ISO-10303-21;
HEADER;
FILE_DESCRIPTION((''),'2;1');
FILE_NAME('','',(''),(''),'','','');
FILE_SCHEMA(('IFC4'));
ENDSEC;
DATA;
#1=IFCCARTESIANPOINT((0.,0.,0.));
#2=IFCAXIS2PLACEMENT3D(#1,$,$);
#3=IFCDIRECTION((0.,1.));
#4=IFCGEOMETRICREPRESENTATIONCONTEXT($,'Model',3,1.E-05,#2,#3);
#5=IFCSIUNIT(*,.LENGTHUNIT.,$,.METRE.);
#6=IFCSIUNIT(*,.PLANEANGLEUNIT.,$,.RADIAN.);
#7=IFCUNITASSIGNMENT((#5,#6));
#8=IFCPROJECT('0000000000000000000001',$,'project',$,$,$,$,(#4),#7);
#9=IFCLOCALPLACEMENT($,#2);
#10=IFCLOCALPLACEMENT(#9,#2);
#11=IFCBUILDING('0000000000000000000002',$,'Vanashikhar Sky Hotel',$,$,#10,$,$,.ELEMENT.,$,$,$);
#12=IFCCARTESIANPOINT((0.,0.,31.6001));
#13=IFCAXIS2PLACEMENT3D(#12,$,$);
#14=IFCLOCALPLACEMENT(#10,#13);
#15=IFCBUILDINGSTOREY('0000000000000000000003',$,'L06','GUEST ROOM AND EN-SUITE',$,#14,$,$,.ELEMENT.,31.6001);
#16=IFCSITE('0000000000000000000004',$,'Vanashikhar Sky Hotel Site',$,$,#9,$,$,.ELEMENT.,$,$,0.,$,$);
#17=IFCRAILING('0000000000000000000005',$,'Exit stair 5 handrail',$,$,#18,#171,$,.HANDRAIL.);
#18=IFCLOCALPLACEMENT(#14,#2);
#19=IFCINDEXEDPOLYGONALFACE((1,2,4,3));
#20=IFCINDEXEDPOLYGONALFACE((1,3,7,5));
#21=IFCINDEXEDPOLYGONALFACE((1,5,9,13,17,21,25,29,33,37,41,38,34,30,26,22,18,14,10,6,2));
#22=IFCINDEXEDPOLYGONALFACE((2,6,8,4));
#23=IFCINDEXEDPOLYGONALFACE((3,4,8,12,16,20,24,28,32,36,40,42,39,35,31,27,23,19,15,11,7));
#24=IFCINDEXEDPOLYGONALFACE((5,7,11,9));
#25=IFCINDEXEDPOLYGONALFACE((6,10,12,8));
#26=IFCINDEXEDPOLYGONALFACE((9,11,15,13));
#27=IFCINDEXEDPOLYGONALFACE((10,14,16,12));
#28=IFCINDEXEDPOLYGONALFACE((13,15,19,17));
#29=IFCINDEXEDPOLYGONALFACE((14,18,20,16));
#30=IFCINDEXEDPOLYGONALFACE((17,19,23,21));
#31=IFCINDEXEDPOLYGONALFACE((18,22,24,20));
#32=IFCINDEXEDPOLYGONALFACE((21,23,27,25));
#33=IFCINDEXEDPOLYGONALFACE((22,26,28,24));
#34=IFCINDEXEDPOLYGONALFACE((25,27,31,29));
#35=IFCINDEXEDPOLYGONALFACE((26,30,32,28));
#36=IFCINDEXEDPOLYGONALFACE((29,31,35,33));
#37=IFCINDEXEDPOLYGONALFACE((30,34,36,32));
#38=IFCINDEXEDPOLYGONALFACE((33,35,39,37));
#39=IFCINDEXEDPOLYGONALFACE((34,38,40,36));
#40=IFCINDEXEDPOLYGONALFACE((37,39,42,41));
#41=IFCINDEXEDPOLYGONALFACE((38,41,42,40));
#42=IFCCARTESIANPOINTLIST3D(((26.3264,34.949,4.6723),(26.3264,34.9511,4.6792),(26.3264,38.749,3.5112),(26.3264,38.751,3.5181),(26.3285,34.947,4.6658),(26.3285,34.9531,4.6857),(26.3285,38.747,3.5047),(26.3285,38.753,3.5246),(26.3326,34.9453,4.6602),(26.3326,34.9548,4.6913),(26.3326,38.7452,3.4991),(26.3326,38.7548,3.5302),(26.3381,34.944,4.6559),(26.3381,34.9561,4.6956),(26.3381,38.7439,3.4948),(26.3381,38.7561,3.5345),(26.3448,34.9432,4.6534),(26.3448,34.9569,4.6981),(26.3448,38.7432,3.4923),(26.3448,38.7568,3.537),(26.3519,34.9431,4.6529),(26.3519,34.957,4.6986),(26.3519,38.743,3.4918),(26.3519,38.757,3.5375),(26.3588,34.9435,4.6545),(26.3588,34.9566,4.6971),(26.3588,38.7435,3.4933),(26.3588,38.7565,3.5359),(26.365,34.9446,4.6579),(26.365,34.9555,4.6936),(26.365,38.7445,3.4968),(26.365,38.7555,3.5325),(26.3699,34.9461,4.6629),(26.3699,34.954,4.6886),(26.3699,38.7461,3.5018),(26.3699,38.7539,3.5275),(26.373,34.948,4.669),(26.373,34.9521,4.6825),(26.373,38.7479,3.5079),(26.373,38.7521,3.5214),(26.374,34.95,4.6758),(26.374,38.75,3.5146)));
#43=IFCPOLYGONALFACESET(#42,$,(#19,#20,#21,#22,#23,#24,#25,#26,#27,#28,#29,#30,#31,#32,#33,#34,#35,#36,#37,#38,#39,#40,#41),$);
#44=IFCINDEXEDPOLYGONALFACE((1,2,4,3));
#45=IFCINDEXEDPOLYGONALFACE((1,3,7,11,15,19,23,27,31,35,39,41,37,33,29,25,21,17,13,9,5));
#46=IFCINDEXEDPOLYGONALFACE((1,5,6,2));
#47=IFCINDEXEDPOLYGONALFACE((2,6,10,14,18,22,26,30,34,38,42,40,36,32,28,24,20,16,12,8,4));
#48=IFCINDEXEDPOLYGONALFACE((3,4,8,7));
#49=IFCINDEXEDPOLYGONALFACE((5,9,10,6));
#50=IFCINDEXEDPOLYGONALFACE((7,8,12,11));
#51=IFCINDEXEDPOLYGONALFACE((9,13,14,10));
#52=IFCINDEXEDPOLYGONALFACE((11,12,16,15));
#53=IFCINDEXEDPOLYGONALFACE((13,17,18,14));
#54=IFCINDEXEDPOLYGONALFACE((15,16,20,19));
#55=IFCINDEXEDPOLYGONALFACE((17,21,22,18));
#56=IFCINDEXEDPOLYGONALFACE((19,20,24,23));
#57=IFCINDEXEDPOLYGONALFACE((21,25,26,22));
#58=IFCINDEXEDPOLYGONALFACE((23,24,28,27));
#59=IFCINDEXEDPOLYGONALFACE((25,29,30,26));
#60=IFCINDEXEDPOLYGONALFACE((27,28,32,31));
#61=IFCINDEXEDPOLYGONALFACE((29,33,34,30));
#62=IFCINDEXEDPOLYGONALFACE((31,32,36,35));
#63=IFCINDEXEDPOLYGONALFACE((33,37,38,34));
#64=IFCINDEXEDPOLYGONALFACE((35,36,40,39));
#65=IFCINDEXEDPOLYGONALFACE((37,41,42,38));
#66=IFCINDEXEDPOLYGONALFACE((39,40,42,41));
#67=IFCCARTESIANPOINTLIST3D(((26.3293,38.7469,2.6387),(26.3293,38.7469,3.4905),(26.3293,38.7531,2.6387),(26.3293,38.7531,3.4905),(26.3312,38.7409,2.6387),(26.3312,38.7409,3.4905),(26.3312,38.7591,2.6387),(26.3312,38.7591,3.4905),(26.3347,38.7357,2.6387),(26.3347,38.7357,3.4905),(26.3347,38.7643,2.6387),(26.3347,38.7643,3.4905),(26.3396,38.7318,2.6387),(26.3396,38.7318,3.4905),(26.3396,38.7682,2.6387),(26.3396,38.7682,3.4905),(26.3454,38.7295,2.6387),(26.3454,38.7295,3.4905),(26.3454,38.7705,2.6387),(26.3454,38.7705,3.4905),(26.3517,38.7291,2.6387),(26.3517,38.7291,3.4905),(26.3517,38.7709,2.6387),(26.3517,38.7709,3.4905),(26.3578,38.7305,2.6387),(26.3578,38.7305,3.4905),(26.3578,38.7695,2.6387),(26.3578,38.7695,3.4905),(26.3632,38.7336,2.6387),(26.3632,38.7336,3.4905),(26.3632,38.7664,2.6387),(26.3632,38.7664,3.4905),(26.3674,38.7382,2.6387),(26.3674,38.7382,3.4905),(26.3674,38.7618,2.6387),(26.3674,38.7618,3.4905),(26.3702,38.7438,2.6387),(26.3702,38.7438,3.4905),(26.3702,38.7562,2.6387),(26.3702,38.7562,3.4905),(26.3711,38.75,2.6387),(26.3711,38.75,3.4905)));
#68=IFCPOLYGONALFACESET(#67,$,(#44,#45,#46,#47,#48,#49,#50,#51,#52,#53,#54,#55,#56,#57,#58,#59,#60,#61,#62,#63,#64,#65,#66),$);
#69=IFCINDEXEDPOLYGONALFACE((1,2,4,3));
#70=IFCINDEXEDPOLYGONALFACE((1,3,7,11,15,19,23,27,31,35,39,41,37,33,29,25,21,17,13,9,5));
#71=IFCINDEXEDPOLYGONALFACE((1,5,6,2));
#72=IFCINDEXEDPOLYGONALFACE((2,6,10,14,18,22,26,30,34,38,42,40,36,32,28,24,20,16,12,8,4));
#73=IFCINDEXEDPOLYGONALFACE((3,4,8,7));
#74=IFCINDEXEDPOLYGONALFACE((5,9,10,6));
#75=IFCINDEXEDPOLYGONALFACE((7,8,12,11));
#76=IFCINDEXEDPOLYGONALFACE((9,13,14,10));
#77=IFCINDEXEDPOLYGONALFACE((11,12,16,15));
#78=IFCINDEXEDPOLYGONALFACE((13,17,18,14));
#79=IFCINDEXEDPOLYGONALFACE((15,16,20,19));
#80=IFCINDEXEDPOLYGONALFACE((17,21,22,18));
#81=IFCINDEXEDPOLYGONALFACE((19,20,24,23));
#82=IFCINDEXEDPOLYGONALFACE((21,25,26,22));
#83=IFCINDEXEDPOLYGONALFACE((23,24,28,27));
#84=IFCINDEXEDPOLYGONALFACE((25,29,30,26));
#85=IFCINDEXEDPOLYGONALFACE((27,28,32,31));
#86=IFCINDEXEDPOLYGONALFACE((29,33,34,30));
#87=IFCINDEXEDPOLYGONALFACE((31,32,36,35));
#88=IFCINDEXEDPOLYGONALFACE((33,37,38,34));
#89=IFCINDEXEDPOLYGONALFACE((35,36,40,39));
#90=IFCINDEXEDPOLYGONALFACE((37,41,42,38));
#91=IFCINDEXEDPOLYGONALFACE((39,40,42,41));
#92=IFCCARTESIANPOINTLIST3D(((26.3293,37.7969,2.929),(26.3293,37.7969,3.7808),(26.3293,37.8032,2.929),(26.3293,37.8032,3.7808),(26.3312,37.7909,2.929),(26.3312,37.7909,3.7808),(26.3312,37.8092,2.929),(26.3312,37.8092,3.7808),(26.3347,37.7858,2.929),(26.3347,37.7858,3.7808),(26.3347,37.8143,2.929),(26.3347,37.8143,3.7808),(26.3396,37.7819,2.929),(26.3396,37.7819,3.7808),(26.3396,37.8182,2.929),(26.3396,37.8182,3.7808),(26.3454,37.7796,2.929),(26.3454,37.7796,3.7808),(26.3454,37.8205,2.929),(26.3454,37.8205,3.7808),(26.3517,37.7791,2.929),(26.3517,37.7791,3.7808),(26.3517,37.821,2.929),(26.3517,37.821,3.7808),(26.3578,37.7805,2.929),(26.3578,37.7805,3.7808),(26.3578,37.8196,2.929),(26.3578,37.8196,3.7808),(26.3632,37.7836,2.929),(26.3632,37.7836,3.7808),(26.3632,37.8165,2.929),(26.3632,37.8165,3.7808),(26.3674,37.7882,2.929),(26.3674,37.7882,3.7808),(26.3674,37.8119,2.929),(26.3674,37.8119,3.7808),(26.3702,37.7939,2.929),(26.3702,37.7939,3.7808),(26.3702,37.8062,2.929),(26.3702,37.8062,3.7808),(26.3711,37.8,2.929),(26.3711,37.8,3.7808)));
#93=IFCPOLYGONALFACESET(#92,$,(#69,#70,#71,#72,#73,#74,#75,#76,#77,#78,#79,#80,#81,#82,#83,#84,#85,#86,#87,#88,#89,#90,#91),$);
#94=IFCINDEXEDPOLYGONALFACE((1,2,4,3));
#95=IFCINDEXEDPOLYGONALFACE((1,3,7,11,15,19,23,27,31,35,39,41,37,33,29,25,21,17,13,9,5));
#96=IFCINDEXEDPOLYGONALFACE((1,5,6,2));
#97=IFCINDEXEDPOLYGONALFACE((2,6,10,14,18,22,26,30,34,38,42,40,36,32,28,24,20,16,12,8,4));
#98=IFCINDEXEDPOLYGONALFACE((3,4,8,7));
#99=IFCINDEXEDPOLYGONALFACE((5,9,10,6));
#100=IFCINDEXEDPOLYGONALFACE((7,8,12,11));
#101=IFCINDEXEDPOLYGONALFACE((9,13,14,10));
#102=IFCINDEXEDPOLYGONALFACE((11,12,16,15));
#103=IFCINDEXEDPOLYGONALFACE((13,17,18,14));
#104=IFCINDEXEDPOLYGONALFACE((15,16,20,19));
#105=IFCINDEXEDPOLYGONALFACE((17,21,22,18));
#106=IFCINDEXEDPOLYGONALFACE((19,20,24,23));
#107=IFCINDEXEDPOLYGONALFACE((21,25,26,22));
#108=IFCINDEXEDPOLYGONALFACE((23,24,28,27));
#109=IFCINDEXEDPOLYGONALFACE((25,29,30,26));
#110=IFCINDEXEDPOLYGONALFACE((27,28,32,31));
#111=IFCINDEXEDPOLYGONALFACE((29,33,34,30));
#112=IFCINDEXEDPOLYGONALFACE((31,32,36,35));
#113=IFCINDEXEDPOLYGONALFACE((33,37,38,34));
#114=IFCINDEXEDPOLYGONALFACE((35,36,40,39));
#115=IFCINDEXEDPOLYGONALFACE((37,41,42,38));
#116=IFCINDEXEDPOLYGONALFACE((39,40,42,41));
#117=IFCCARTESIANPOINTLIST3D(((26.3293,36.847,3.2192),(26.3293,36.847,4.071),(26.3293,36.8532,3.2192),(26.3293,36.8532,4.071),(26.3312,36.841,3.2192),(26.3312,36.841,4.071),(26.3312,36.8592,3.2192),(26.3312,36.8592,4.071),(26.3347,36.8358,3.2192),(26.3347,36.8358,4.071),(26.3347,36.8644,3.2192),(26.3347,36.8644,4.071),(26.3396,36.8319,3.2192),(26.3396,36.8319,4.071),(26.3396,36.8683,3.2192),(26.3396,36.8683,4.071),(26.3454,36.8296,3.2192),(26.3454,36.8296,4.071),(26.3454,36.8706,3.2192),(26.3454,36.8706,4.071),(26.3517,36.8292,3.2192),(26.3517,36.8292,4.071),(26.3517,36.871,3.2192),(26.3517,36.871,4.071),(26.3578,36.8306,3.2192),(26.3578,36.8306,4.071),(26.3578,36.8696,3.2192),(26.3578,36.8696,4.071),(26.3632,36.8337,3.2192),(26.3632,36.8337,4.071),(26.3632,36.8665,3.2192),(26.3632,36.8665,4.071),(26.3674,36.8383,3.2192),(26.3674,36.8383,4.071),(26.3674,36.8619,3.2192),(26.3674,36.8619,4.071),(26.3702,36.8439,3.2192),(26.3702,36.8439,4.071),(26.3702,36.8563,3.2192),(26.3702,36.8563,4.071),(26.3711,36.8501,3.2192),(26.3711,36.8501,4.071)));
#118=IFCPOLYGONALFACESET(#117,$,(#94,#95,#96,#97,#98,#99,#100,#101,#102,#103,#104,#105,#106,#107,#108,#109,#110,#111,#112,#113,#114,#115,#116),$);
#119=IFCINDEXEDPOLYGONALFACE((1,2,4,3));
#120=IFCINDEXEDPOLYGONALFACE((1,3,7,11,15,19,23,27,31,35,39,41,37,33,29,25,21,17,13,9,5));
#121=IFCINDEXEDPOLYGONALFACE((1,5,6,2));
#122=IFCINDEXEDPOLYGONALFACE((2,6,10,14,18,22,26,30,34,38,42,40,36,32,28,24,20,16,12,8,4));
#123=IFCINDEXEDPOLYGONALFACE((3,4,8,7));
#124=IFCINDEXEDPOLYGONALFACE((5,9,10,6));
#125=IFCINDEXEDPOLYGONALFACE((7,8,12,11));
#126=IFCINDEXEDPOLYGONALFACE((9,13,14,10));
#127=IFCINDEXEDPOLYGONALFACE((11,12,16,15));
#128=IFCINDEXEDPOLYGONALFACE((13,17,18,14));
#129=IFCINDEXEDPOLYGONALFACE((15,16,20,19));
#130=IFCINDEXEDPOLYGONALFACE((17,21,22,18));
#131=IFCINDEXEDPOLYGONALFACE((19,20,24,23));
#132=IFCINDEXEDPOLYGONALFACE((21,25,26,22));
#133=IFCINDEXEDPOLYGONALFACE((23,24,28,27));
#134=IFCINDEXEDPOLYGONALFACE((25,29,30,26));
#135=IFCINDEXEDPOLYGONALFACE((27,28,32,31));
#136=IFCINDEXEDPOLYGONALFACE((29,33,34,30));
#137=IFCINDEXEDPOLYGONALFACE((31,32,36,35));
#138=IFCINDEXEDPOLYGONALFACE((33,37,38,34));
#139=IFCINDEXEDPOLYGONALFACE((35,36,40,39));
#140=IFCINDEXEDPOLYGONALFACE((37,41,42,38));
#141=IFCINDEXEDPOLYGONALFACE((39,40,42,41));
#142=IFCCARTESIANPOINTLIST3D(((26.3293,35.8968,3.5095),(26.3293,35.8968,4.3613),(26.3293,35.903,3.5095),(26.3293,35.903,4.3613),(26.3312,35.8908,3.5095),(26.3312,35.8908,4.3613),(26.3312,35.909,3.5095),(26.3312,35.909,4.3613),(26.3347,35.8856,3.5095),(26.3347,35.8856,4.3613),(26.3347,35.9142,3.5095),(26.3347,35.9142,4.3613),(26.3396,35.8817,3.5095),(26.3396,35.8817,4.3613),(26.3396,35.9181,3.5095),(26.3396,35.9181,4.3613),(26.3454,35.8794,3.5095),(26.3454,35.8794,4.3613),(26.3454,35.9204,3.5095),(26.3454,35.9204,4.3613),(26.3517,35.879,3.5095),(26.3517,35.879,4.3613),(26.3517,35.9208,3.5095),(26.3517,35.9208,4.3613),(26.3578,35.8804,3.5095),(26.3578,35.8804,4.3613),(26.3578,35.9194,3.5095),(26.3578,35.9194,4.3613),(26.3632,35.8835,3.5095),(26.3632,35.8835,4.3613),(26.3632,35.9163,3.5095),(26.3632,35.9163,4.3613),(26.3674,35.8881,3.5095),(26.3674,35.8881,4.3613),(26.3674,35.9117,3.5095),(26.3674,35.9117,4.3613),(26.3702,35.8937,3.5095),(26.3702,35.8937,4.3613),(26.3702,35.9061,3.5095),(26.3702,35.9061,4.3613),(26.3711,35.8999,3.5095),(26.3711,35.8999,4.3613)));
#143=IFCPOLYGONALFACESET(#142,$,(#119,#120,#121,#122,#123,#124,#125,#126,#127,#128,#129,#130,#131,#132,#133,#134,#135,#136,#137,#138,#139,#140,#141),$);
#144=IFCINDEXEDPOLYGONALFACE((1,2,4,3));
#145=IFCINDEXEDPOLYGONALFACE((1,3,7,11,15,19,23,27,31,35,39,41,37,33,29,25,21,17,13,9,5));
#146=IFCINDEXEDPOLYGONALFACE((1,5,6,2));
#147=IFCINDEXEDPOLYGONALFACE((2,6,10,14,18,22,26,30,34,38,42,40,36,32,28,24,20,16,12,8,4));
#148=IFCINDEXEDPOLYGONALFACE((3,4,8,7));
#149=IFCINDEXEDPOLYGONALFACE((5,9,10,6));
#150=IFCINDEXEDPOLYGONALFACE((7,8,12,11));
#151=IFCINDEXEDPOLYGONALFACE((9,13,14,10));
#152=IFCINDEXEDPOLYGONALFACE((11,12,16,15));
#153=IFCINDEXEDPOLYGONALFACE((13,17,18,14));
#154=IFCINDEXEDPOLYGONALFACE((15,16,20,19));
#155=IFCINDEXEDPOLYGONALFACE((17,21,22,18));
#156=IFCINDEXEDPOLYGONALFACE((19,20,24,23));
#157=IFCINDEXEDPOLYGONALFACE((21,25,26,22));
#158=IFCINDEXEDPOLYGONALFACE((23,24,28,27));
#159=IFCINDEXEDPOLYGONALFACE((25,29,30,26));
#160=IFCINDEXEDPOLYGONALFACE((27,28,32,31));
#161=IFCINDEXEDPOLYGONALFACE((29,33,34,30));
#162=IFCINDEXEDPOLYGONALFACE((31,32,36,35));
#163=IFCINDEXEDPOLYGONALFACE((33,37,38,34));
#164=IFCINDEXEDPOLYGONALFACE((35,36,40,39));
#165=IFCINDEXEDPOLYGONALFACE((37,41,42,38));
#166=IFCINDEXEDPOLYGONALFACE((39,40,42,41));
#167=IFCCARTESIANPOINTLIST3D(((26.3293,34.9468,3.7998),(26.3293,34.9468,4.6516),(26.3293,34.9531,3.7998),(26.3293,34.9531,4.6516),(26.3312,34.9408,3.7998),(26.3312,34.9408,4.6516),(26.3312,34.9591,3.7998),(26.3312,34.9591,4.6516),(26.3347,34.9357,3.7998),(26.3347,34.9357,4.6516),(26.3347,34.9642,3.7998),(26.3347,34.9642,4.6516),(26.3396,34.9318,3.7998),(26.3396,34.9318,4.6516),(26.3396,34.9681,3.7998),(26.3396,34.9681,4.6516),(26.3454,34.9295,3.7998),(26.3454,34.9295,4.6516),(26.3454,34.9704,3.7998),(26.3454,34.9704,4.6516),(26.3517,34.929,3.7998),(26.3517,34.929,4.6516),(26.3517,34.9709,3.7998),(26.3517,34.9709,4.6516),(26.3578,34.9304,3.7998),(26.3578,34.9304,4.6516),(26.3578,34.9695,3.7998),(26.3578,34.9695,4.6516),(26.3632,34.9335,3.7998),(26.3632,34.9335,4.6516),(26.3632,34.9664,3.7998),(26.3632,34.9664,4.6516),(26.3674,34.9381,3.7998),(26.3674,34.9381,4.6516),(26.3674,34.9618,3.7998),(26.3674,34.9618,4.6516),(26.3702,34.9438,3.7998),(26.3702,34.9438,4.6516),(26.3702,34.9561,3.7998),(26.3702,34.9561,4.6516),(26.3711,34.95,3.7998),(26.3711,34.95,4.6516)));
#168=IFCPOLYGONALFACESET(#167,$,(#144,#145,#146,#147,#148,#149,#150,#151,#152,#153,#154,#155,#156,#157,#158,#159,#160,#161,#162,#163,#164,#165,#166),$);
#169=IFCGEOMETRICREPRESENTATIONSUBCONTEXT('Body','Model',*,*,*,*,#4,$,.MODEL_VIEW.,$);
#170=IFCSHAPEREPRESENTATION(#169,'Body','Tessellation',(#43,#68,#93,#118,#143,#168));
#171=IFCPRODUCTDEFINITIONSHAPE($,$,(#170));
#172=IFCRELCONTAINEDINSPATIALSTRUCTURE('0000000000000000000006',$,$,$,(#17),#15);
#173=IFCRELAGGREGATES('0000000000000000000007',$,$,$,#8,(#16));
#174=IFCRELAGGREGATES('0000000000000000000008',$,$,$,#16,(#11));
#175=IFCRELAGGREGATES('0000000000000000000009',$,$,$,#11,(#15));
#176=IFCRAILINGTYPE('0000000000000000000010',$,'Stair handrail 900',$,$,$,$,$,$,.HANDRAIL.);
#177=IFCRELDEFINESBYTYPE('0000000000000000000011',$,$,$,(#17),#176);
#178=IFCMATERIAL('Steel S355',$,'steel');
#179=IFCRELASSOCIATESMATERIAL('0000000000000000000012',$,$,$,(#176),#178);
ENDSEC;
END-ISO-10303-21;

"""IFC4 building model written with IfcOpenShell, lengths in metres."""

from ifc_helpers import new_model, si_unit, direction, frame, origin, origin_2d, place, context, subcontext, project, spatial, circle, extrude, source, transform, mapped, material, type_object, element, save


model = new_model("IFC4")

# Units and contexts
model_context = context("Model", 3, precision=1e-05, world=origin(), true_north=direction((0.0, 1.0)))
body_context = subcontext(model_context, "Body", "Model", "MODEL_VIEW")
ifc_project = project(units=[si_unit("LENGTHUNIT", "METRE"), si_unit("PLANEANGLEUNIT", "RADIAN")], contexts=[model_context])

# Site, building, storey
site_placement = place(None, origin())
site = spatial("IfcSite", under=ifc_project, at=site_placement, Name="Vanashikhar Sky Hotel Site", CompositionType="ELEMENT", RefElevation=0.0)
building_placement = place(site_placement, origin())
building = spatial("IfcBuilding", under=site, at=building_placement, Name="Vanashikhar Sky Hotel", CompositionType="ELEMENT")
storey_placement = place(building_placement, frame((0.0, 0.0, 31.6001)))
storey = spatial("IfcBuildingStorey", under=building, at=storey_placement, Name="L06", Description="GUEST ROOM AND EN-SUITE", CompositionType="ELEMENT", Elevation=31.6001)

# Railing
ifc_material_1 = material(Name="Steel S355", Category="steel")
railing_type = type_object("IfcRailingType", Name="Stair handrail 900", PredefinedType="HANDRAIL", material=ifc_material_1)
shared_shape_1 = source(origin(), body_context, "Body", "SweptSolid", [
    extrude(circle(Radius=0.0239, at=origin_2d()), frame((0.0, 0.0, 0.876), z_axis=(0.0, -0.956351, 0.29222), x_axis=(1.0, 0.0, 0.0)), (0.0, 0.0, 1.0), 3.9734),
    extrude(circle(Radius=0.021, at=origin_2d()), origin(), (0.0, 0.0, 1.0), 0.8518),
    extrude(circle(Radius=0.021, at=origin_2d()), frame((0.0, -0.95, 0.2903)), (0.0, 0.0, 1.0), 0.8518),
    extrude(circle(Radius=0.021, at=origin_2d()), frame((0.0, -1.8999, 0.5806)), (0.0, 0.0, 1.0), 0.8518),
    extrude(circle(Radius=0.021, at=origin_2d()), frame((0.0, -2.8501, 0.8708)), (0.0, 0.0, 1.0), 0.8518),
    extrude(circle(Radius=0.021, at=origin_2d()), frame((0.0, -3.8, 1.1611)), (0.0, 0.0, 1.0), 0.8518),
])
for number, where, name in (
    (1, (26.3501, 38.75, 2.6387), "Exit stair 5 handrail"),
):
    element("IfcRailing", number, at=place(storey_placement, frame(where)), inside=storey, type_object=railing_type, Name=name, PredefinedType="HANDRAIL", context=body_context, shape_type="MappedRepresentation", body=[
        mapped(shared_shape_1, transform((0.0, 0.0, 0.0), scale=1.0)),
    ])

save(model, "model.ifc")
